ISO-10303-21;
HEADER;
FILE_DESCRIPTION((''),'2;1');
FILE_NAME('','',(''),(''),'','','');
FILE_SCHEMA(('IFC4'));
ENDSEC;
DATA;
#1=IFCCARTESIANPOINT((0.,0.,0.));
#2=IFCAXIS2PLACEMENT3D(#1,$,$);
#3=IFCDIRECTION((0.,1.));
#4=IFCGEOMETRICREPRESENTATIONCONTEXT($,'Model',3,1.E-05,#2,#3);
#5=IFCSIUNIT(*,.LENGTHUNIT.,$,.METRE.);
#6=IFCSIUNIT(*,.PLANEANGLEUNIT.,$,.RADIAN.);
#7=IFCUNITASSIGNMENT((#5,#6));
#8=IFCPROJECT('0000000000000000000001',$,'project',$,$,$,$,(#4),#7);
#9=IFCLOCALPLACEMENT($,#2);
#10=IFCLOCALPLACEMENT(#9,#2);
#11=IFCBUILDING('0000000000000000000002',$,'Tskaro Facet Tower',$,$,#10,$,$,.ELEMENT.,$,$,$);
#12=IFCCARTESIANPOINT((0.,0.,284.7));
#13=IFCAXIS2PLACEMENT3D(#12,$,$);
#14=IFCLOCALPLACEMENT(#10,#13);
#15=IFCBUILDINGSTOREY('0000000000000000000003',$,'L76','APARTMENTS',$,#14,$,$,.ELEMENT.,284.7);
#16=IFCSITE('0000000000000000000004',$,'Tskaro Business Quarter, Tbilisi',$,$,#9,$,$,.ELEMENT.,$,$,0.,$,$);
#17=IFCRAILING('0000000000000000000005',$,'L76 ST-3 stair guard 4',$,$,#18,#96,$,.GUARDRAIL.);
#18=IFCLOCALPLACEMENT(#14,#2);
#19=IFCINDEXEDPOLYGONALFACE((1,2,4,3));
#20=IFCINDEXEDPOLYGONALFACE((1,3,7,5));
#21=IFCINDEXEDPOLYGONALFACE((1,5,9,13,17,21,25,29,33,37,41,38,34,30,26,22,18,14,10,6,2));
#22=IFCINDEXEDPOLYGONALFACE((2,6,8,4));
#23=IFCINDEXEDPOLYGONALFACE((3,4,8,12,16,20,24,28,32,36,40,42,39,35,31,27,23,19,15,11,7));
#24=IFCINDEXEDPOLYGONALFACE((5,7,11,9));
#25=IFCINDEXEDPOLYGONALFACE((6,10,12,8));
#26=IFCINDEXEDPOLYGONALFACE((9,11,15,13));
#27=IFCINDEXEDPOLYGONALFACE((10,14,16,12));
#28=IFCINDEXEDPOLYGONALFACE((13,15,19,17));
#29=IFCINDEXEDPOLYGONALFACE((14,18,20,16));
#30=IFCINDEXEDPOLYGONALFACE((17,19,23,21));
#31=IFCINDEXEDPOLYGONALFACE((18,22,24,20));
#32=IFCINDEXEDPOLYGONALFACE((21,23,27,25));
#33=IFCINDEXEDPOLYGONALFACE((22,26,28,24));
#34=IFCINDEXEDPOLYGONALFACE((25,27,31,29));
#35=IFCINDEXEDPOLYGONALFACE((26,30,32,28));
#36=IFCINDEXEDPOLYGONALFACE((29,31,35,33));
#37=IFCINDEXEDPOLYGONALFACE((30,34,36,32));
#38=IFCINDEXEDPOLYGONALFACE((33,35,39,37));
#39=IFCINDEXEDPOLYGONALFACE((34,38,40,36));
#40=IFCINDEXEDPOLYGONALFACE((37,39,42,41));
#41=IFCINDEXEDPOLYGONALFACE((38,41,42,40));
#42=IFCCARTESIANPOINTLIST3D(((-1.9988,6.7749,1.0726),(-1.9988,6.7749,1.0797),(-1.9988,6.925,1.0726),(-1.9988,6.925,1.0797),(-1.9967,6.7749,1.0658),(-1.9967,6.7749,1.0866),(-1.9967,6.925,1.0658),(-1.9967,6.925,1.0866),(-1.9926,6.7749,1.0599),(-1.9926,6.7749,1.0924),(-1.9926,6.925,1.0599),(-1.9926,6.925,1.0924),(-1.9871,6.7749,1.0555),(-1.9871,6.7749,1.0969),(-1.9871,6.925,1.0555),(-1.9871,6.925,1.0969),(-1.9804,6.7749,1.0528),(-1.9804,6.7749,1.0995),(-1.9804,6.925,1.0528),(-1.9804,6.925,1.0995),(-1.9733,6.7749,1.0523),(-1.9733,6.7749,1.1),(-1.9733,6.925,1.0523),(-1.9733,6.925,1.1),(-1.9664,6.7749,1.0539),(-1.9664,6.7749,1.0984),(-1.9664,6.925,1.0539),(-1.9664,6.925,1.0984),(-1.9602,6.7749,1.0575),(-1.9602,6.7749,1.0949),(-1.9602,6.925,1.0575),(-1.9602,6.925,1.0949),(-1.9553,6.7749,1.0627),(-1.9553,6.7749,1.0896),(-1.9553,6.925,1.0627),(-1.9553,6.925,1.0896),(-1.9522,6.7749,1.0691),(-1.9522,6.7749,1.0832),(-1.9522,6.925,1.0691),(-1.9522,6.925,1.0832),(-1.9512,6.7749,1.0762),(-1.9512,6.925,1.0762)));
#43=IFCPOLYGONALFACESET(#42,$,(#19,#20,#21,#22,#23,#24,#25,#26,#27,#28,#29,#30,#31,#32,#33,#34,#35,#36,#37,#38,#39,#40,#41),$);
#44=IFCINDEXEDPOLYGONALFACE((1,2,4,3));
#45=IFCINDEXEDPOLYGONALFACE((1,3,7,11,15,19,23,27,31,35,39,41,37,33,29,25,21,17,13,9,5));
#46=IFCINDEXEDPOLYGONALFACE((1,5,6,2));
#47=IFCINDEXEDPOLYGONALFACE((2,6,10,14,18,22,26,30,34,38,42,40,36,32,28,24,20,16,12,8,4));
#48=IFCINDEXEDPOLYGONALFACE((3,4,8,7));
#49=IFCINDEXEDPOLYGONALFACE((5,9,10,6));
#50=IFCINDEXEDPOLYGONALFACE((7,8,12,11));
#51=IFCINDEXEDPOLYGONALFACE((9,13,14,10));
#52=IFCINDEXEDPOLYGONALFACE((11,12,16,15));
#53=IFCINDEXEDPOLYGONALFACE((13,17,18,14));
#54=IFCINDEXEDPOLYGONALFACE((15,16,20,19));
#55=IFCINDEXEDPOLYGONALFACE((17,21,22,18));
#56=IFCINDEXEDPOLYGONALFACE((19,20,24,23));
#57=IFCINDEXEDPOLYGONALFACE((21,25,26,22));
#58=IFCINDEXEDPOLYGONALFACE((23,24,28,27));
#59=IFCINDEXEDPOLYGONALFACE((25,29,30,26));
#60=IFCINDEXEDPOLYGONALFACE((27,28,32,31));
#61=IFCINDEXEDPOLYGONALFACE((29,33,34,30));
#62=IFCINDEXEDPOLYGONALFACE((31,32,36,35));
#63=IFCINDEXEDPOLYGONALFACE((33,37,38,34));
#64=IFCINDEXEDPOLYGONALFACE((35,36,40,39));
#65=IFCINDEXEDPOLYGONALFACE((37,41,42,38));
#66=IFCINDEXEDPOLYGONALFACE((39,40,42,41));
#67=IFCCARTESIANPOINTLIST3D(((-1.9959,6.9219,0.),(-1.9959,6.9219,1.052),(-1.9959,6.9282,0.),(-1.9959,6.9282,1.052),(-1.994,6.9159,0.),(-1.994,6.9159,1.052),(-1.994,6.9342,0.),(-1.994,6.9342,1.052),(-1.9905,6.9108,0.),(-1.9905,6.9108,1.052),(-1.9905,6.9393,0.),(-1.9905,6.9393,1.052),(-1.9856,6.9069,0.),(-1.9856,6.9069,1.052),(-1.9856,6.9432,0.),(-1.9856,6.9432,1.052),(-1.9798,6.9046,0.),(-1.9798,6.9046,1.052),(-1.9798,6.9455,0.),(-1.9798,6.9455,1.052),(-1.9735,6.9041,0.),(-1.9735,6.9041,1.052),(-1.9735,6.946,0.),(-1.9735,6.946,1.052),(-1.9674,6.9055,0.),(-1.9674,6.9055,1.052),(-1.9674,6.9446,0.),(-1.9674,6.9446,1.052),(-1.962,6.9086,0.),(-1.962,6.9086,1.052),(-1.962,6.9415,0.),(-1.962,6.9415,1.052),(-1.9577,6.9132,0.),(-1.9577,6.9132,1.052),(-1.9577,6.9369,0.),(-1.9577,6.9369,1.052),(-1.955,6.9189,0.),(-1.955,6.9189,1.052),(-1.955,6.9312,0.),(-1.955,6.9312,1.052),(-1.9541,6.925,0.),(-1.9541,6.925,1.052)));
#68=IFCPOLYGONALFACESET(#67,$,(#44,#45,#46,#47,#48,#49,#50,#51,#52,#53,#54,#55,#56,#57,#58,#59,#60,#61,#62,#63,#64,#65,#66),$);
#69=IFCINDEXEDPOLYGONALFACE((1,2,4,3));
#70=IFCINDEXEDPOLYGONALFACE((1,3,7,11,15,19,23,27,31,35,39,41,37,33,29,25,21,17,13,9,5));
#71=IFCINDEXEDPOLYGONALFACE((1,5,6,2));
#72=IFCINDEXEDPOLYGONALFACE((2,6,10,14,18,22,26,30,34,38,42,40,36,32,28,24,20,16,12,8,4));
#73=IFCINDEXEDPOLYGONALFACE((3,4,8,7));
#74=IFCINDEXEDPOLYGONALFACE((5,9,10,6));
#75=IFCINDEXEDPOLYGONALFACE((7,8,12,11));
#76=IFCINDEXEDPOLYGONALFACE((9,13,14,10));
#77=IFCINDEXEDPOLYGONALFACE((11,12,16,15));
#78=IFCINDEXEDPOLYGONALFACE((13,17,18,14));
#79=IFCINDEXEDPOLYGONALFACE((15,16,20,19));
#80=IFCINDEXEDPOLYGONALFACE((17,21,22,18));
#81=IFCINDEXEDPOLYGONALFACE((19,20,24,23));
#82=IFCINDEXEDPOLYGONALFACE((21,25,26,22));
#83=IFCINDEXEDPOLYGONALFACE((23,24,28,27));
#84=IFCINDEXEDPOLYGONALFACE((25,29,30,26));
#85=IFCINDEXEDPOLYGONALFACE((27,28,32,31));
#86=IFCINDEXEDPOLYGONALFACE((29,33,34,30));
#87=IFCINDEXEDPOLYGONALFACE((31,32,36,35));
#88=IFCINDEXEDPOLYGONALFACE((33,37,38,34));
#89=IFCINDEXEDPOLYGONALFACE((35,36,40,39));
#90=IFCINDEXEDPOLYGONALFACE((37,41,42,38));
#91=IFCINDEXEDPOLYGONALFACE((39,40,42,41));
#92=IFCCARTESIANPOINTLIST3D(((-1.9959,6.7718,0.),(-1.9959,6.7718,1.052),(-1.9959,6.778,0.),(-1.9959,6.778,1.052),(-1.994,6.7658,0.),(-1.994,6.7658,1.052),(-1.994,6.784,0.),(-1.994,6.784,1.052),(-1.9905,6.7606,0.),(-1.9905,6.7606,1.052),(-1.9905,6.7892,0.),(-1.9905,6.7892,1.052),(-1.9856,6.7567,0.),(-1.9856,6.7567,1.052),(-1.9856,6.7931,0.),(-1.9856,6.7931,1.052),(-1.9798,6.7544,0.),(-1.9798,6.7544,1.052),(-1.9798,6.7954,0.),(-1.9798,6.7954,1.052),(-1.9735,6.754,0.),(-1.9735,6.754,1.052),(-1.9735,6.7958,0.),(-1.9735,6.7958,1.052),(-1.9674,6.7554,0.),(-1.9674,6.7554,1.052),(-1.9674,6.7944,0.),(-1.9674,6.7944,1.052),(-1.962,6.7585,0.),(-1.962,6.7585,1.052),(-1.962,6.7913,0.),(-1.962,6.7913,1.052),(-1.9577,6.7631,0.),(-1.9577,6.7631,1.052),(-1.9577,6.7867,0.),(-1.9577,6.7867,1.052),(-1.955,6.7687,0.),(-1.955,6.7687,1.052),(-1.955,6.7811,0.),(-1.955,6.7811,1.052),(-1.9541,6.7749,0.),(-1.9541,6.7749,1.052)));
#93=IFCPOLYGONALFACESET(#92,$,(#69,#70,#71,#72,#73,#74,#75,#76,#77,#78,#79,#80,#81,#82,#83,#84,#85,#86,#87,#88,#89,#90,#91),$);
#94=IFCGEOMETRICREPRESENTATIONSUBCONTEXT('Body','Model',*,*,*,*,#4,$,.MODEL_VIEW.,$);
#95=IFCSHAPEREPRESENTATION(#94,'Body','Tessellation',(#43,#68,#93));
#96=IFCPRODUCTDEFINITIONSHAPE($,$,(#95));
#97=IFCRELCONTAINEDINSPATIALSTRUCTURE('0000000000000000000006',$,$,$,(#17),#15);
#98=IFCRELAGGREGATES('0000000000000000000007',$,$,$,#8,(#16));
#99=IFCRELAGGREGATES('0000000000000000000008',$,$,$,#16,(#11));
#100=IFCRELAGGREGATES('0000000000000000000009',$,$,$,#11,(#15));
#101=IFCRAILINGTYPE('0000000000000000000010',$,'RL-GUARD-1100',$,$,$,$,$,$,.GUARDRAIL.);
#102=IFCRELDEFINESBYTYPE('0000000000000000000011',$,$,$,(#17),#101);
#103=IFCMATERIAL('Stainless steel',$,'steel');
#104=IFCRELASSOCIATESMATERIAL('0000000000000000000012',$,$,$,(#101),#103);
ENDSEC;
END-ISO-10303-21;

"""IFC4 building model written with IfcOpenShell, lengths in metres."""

from ifc_helpers import new_model, si_unit, direction, frame, origin, origin_2d, place, context, subcontext, project, spatial, circle, extrude, material, type_object, element, save


model = new_model("IFC4")

# Units and contexts
model_context = context("Model", 3, precision=1e-05, world=origin(), true_north=direction((0.0, 1.0)))
body_context = subcontext(model_context, "Body", "Model", "MODEL_VIEW")
ifc_project = project(units=[si_unit("LENGTHUNIT", "METRE"), si_unit("PLANEANGLEUNIT", "RADIAN")], contexts=[model_context])

# Site, building, storey
site_placement = place(None, origin())
site = spatial("IfcSite", under=ifc_project, at=site_placement, Name="Tskaro Business Quarter, Tbilisi", CompositionType="ELEMENT", RefElevation=0.0)
building_placement = place(site_placement, origin())
building = spatial("IfcBuilding", under=site, at=building_placement, Name="Tskaro Facet Tower", CompositionType="ELEMENT")
storey_placement = place(building_placement, frame((0.0, 0.0, 284.7)))
storey = spatial("IfcBuildingStorey", under=building, at=storey_placement, Name="L76", Description="APARTMENTS", CompositionType="ELEMENT", Elevation=284.7)

# Railing
ifc_material_1 = material(Name="Stainless steel", Category="steel")
railing_type_1 = type_object("IfcRailingType", Name="RL-GUARD-1100", PredefinedType="GUARDRAIL", material=ifc_material_1)
railing_1_placement = place(storey_placement, frame((-1.9751, 6.925, 0.0)))
element("IfcRailing", 1, at=railing_1_placement, inside=storey, type_object=railing_type_1, Name="L76 ST-3 stair guard 4", PredefinedType="GUARDRAIL", context=body_context, shape_type="SweptSolid", body=[
    extrude(circle(Radius=0.0239, at=origin_2d()), frame((0.0, 0.0, 1.0762), z_axis=(0.0, -1.0, 0.0), x_axis=(1.0, 0.0, 0.0)), (0.0, 0.0, 1.0), 0.1501),
    extrude(circle(Radius=0.021, at=origin_2d()), origin(), (0.0, 0.0, 1.0), 1.052),
    extrude(circle(Radius=0.021, at=origin_2d()), frame((0.0, -0.1501, 0.0)), (0.0, 0.0, 1.0), 1.052),
])

save(model, "model.ifc")
